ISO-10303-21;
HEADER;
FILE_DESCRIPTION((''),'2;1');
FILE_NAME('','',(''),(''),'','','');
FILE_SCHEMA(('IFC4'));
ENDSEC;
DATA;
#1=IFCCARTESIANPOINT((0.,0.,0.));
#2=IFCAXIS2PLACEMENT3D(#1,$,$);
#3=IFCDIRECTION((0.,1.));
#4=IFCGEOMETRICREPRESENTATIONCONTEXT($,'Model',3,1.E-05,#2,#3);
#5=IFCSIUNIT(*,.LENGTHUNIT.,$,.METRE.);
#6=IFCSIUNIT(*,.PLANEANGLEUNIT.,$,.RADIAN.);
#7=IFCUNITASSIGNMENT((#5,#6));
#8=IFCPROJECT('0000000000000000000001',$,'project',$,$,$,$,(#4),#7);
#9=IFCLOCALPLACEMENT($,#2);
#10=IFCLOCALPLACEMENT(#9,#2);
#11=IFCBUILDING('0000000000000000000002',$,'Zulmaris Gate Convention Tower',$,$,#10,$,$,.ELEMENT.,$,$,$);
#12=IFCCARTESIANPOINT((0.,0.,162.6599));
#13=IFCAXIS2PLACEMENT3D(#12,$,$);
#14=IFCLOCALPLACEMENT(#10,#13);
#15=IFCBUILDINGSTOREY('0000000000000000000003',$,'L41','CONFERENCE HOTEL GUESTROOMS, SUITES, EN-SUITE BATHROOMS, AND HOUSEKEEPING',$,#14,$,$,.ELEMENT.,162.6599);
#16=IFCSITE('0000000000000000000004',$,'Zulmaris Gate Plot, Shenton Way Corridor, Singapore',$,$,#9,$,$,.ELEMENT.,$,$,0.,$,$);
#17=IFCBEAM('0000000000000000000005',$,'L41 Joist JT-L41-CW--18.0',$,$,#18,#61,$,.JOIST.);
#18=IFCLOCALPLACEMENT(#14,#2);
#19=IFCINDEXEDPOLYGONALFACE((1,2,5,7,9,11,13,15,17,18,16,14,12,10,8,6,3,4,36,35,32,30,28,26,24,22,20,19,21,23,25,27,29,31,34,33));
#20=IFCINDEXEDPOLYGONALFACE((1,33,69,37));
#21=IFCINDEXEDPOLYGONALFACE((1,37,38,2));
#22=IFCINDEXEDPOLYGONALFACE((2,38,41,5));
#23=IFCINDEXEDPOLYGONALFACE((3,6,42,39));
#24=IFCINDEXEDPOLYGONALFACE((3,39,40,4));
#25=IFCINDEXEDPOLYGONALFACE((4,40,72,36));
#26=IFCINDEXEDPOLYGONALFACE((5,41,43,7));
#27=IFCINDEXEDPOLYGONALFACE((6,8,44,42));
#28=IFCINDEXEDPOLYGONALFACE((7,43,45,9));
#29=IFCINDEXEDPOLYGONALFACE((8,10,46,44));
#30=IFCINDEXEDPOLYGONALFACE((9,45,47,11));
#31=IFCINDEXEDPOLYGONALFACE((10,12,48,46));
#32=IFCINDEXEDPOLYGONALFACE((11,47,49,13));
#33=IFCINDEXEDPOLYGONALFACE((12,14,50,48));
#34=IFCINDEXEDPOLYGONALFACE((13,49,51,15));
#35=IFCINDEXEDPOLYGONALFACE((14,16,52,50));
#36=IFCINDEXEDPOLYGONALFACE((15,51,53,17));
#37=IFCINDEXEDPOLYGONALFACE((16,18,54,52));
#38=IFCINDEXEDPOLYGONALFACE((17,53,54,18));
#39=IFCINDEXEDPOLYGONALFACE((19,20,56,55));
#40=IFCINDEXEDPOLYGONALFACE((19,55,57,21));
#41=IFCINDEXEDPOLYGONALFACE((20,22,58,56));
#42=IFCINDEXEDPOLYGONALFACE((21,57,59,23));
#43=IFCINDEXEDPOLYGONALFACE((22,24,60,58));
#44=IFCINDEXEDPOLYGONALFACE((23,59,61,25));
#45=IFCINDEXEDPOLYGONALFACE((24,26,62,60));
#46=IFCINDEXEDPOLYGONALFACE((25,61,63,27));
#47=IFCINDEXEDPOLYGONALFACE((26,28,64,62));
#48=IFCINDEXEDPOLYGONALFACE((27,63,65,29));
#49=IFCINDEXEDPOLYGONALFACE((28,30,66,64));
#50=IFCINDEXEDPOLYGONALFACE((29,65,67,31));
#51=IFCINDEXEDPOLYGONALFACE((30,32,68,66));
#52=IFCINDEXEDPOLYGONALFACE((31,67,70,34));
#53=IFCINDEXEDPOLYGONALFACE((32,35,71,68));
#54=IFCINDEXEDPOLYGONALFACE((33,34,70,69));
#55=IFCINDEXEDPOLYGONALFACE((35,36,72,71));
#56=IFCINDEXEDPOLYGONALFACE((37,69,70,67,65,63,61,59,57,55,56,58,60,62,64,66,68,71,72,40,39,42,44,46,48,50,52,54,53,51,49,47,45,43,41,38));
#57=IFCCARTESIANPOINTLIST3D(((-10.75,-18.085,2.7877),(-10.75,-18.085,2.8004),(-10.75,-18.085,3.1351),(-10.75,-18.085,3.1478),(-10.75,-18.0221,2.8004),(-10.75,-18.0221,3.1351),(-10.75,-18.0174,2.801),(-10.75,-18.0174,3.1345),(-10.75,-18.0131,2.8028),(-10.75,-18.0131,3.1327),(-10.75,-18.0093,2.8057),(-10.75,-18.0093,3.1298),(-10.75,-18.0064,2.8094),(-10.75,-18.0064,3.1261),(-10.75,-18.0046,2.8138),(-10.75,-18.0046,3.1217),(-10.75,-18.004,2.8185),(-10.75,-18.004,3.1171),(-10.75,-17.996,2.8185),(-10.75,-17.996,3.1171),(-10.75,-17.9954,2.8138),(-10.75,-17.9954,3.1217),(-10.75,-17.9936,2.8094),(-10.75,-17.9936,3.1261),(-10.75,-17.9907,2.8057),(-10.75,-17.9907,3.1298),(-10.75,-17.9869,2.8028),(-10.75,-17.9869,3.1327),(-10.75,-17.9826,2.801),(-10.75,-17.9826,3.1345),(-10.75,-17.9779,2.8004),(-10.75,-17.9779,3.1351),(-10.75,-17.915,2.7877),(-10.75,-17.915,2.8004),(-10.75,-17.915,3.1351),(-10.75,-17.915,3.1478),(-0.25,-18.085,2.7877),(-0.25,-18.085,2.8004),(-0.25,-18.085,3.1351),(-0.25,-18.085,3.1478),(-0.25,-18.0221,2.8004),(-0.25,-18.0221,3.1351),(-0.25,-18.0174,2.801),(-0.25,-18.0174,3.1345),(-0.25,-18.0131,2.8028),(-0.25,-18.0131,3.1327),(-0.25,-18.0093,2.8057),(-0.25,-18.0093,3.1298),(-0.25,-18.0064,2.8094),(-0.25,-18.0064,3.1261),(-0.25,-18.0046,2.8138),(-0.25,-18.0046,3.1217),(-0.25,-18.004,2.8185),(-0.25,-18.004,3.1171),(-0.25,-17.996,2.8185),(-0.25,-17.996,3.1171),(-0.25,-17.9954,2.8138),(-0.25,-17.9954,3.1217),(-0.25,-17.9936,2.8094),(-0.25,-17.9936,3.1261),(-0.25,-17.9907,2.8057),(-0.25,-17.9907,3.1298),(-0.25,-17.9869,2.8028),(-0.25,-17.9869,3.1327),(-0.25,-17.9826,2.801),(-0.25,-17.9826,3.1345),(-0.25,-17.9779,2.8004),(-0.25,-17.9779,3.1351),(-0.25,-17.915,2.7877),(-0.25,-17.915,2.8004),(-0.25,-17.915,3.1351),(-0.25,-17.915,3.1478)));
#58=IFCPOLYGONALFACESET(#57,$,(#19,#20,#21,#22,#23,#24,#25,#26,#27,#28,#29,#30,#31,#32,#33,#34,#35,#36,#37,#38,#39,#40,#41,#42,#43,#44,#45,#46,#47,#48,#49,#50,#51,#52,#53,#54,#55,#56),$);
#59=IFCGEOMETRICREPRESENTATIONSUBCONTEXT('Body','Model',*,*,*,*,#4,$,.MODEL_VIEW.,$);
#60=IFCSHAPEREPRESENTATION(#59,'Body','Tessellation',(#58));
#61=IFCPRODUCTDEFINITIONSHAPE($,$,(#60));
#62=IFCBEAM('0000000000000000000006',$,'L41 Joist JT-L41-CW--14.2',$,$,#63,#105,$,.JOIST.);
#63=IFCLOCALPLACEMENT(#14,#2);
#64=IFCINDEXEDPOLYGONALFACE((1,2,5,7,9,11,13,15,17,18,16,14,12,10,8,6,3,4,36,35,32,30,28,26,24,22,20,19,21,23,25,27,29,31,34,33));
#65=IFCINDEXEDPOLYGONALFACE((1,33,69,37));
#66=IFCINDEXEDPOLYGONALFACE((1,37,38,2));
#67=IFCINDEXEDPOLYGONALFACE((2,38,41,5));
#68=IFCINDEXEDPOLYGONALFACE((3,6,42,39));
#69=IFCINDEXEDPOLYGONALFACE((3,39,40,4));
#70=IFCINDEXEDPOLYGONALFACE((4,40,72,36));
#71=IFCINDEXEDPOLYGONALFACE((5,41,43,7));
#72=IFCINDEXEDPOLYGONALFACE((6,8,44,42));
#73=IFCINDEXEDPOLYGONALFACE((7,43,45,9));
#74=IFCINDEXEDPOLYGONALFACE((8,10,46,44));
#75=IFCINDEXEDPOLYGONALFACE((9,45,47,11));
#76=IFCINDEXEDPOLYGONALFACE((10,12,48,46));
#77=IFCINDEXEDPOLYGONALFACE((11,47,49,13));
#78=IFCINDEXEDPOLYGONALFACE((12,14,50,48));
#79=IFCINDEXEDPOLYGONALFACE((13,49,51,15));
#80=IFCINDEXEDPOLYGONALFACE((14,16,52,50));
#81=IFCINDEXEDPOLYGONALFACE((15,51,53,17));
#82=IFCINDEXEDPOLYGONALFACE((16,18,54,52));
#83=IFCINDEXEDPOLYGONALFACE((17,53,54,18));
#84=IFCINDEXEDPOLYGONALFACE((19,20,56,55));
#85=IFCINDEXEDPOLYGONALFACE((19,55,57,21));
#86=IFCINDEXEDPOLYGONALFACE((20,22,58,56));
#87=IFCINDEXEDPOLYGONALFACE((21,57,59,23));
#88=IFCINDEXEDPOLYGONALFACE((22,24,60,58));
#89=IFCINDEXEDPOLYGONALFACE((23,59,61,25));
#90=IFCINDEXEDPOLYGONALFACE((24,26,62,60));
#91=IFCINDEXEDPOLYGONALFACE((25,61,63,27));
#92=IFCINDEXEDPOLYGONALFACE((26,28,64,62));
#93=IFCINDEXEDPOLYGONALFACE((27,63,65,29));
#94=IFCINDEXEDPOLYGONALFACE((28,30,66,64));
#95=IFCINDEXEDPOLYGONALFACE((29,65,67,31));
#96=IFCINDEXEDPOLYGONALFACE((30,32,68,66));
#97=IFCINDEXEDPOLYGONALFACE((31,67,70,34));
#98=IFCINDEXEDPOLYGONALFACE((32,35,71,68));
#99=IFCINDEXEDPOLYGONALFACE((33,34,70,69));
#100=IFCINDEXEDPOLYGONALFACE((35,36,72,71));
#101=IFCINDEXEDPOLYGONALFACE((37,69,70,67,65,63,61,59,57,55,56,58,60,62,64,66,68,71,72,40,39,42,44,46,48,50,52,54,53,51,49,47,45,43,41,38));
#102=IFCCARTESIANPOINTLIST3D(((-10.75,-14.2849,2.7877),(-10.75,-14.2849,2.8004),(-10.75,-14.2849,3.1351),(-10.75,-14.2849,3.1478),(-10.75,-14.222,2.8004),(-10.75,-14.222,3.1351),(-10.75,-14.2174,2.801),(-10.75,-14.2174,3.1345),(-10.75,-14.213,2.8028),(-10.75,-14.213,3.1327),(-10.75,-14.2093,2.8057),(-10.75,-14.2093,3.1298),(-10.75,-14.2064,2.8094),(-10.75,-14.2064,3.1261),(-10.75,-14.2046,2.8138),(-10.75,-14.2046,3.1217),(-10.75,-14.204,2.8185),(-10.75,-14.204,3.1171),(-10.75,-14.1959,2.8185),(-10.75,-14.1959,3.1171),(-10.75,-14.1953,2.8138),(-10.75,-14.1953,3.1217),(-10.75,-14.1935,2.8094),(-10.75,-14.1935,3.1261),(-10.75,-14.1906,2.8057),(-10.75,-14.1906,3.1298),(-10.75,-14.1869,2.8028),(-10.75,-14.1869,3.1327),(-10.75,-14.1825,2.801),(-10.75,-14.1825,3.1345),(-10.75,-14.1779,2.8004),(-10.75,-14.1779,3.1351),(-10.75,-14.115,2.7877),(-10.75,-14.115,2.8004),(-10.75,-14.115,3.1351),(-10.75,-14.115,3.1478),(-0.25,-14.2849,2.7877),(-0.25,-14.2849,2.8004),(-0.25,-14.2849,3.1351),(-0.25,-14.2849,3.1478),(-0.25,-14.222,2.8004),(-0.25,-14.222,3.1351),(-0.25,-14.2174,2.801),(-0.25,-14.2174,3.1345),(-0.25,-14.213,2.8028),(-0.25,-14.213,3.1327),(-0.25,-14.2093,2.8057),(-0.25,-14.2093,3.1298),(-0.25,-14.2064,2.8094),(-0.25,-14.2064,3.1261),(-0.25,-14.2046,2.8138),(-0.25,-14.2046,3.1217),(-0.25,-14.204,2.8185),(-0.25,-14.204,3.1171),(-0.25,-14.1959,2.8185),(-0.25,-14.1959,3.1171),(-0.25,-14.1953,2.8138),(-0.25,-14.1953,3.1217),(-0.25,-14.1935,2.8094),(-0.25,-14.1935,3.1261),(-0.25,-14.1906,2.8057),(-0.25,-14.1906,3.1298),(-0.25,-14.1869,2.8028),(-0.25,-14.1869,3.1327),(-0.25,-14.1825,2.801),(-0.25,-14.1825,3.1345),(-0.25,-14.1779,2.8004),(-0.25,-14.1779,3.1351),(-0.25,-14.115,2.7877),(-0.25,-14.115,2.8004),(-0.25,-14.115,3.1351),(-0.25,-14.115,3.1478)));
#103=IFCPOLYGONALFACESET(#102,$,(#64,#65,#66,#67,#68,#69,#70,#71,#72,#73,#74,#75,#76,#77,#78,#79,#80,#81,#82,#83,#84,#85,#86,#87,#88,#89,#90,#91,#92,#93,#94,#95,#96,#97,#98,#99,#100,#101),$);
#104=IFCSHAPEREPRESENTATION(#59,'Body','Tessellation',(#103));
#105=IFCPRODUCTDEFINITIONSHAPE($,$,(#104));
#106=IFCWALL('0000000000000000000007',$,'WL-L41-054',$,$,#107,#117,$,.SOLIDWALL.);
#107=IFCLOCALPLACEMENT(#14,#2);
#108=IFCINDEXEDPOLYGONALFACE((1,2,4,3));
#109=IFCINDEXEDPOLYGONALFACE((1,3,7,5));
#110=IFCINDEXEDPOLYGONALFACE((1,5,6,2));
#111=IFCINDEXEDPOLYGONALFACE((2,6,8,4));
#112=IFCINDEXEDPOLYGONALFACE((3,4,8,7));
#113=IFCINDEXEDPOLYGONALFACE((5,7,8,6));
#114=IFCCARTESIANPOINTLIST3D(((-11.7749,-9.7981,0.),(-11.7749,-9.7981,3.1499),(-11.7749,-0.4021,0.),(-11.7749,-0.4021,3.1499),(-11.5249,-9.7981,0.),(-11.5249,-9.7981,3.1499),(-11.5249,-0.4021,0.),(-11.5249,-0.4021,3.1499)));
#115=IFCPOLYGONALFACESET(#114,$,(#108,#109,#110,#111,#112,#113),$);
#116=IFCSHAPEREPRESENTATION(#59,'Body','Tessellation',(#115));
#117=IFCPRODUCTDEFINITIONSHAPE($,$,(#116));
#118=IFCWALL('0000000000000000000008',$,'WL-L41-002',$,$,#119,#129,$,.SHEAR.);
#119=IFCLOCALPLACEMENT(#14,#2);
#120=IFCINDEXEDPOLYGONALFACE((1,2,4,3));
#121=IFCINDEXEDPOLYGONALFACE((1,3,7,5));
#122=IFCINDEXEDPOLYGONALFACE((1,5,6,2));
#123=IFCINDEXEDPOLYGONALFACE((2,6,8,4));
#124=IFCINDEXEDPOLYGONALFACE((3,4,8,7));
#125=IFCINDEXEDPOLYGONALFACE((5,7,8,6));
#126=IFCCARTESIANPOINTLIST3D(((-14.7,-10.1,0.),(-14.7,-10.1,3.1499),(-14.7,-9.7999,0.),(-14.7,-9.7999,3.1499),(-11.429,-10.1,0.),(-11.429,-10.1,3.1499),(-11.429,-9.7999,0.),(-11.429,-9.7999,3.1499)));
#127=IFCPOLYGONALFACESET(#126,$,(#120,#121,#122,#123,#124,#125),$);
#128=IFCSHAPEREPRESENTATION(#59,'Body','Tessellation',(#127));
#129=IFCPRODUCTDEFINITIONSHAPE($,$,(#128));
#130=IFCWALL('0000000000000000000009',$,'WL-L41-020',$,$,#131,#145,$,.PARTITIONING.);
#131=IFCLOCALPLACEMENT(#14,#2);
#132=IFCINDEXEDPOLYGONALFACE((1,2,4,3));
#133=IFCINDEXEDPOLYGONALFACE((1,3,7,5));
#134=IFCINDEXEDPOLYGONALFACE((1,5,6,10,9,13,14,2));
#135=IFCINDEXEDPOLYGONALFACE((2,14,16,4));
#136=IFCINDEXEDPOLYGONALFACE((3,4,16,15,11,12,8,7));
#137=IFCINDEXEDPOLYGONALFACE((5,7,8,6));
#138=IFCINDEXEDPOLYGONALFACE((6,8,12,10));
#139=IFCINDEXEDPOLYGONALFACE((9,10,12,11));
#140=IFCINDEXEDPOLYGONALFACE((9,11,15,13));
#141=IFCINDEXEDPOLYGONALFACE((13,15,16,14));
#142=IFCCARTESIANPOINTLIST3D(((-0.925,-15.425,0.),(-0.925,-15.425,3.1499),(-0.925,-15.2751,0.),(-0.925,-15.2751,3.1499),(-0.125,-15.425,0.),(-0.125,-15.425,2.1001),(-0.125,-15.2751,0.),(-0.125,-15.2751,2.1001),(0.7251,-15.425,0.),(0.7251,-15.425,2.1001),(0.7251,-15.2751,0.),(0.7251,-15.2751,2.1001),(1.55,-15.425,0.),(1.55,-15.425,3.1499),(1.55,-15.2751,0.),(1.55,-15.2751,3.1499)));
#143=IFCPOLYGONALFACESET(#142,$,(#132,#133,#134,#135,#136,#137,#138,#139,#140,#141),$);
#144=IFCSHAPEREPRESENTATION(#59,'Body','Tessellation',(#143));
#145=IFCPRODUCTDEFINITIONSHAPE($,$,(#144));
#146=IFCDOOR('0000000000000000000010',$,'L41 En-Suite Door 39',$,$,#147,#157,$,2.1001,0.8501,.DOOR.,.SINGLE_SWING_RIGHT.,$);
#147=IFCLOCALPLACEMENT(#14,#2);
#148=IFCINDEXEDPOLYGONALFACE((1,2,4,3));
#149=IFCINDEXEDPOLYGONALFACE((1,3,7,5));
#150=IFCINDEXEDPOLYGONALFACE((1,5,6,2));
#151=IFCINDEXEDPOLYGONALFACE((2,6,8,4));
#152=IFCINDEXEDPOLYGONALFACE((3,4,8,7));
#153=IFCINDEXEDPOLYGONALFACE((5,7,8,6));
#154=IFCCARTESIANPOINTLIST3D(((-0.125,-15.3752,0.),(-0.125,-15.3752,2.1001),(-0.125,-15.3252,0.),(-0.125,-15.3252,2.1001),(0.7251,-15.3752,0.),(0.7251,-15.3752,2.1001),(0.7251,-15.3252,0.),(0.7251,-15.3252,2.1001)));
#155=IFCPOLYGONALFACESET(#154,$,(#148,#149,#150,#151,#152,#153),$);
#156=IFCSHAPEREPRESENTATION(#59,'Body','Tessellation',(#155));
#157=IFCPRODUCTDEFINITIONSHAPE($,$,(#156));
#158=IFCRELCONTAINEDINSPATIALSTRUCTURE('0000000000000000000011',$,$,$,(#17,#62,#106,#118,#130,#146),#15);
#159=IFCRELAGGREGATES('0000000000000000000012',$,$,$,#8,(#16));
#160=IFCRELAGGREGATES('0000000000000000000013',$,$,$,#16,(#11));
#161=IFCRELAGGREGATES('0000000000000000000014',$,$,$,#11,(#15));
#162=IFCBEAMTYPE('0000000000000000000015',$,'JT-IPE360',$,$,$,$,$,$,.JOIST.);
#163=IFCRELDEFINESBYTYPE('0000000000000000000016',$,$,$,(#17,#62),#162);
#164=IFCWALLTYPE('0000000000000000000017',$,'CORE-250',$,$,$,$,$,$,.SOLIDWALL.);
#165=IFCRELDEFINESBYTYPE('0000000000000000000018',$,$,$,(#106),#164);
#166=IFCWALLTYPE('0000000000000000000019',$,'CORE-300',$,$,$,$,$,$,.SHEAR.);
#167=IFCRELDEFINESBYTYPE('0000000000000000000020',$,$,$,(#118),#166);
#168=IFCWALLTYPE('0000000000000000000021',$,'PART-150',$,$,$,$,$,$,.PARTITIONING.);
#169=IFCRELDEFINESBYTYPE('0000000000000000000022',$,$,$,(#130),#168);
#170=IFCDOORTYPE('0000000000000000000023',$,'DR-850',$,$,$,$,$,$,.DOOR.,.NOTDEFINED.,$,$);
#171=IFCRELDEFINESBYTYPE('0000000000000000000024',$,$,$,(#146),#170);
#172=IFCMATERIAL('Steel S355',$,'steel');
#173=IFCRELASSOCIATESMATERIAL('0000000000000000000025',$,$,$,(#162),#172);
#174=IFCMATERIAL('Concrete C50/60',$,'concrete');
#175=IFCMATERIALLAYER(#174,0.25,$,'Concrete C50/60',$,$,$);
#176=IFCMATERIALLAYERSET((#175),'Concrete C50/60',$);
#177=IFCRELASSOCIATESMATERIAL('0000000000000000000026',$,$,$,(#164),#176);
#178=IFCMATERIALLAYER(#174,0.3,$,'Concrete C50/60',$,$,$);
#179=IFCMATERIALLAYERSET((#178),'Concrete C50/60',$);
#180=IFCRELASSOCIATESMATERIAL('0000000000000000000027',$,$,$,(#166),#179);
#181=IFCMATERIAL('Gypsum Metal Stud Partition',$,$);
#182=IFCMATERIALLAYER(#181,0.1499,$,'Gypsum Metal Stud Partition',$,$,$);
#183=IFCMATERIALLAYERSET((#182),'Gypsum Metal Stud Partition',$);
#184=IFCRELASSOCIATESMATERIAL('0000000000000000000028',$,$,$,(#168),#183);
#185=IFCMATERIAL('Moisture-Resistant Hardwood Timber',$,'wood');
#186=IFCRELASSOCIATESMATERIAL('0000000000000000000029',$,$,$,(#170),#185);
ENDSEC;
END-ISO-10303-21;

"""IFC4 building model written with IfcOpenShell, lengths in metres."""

from ifc_helpers import new_model, si_unit, direction, frame, frame_2d, origin, origin_2d, place, context, subcontext, project, spatial, rectangle, i_section, extrude, material, layer, layer_set, material_profile, profile_set, type_object, element, fill, save


model = new_model("IFC4")

# Units and contexts
model_context = context("Model", 3, precision=1e-05, world=origin(), true_north=direction((0.0, 1.0)))
body_context = subcontext(model_context, "Body", "Model", "MODEL_VIEW")
ifc_project = project(units=[si_unit("LENGTHUNIT", "METRE"), si_unit("PLANEANGLEUNIT", "RADIAN")], contexts=[model_context])

# Site, building, storey
site_placement = place(None, origin())
site = spatial("IfcSite", under=ifc_project, at=site_placement, Name="Zulmaris Gate Plot, Shenton Way Corridor, Singapore", CompositionType="ELEMENT", RefElevation=0.0)
building_placement = place(site_placement, origin())
building = spatial("IfcBuilding", under=site, at=building_placement, Name="Zulmaris Gate Convention Tower", CompositionType="ELEMENT")
storey_placement = place(building_placement, frame((0.0, 0.0, 162.6599)))
storey = spatial("IfcBuildingStorey", under=building, at=storey_placement, Name="L41", Description="CONFERENCE HOTEL GUESTROOMS, SUITES, EN-SUITE BATHROOMS, AND HOUSEKEEPING", CompositionType="ELEMENT", Elevation=162.6599)

# Beams
ifc_material_1 = material(Name="Steel S355", Category="steel")
ifc_material_2 = material(Name="Concrete C50/60", Category="concrete")
ifc_material_profile_1 = material_profile(ifc_material_1, i_section(OverallWidth=0.1699, OverallDepth=0.3601, WebThickness=0.0081, FlangeThickness=0.0127, FilletRadius=0.0181, at=origin_2d()), Name="IPE 360")
ifc_profile_set_1 = profile_set([ifc_material_profile_1], Name="Steel S355")
beam_type_1 = type_object("IfcBeamType", Name="JT-IPE360", PredefinedType="JOIST", material=ifc_profile_set_1)
for number, where, z_axis, x_axis, name in (
    (1, (-10.75, -18.0, 2.9678), (1.0, 0.0, 0.0), (0.0, 1.0, 0.0), "L41 Joist JT-L41-CW--18.0"),
    (2, (-10.75, -14.2, 2.9678), (1.0, 0.0, 0.0), (0.0, 1.0, 0.0), "L41 Joist JT-L41-CW--14.2"),
):
    element("IfcBeam", number, at=place(storey_placement, frame(where, z_axis=z_axis, x_axis=x_axis)), inside=storey, type_object=beam_type_1, Name=name, PredefinedType="JOIST", context=body_context, shape_type="SweptSolid", body=[
        extrude(i_section(OverallWidth=0.1699, OverallDepth=0.3601, WebThickness=0.0081, FlangeThickness=0.0127, FilletRadius=0.0181, at=origin_2d()), origin(), (0.0, 0.0, 1.0), 10.5),
    ])

# Walls
ifc_layer_1 = layer(ifc_material_2, 0.25, Name="Concrete C50/60")
ifc_layer_set_1 = layer_set([ifc_layer_1], Name="Concrete C50/60")
wall_type_1 = type_object("IfcWallType", Name="CORE-250", PredefinedType="SOLIDWALL", material=ifc_layer_set_1)
wall_1_placement = place(storey_placement, frame((-11.6499, -9.7981, 0.0), z_axis=(0.0, 0.0, 1.0), x_axis=(0.0, 1.0, 0.0)))
element("IfcWall", 3, at=wall_1_placement, inside=storey, type_object=wall_type_1, Name="WL-L41-054", PredefinedType="SOLIDWALL", context=body_context, shape_type="SweptSolid", body=[
    extrude(rectangle(XDim=9.396, YDim=0.25, at=frame_2d((4.698, 0.0))), origin(), (0.0, 0.0, 1.0), 3.1499),
])
ifc_layer_2 = layer(ifc_material_2, 0.3, Name="Concrete C50/60")
ifc_layer_set_2 = layer_set([ifc_layer_2], Name="Concrete C50/60")
wall_type_2 = type_object("IfcWallType", Name="CORE-300", PredefinedType="SHEAR", material=ifc_layer_set_2)
wall_2_placement = place(storey_placement, frame((-14.7, -9.95, 0.0), z_axis=(0.0, 0.0, 1.0), x_axis=(1.0, 0.0, 0.0)))
element("IfcWall", 4, at=wall_2_placement, inside=storey, type_object=wall_type_2, Name="WL-L41-002", PredefinedType="SHEAR", context=body_context, shape_type="SweptSolid", body=[
    extrude(rectangle(XDim=3.271, YDim=0.3, at=frame_2d((1.6355, 0.0))), origin(), (0.0, 0.0, 1.0), 3.1499),
])

# Wall, opening, door
ifc_material_3 = material(Name="Gypsum Metal Stud Partition")
ifc_layer_3 = layer(ifc_material_3, 0.1499, Name="Gypsum Metal Stud Partition")
ifc_layer_set_3 = layer_set([ifc_layer_3], Name="Gypsum Metal Stud Partition")
wall_type_3 = type_object("IfcWallType", Name="PART-150", PredefinedType="PARTITIONING", material=ifc_layer_set_3)
wall_3_placement = place(storey_placement, frame((-0.925, -15.3501, 0.0), z_axis=(0.0, 0.0, 1.0), x_axis=(1.0, 0.0, 0.0)))
wall_3 = element("IfcWall", 5, at=wall_3_placement, inside=storey, type_object=wall_type_3, Name="WL-L41-020", PredefinedType="PARTITIONING", context=body_context, shape_type="SweptSolid", body=[
    extrude(rectangle(XDim=2.4751, YDim=0.1499, at=frame_2d((1.2375, 0.0))), origin(), (0.0, 0.0, 1.0), 3.1499),
])
opening_1_placement = place(wall_3_placement, frame((0.8, 0.0, 0.0)))
opening_1 = element("IfcOpeningElement", 6, at=opening_1_placement, cuts=wall_3, PredefinedType="OPENING", context=body_context, shape_type="SweptSolid", body=[
    extrude(rectangle(XDim=0.8501, YDim=2.1001, at=frame_2d((0.425, 1.05))), frame((0.0, 0.085, 0.0), z_axis=(0.0, -1.0, 0.0), x_axis=(1.0, 0.0, 0.0)), (0.0, 0.0, 1.0), 0.1699),
])
ifc_material_4 = material(Name="Moisture-Resistant Hardwood Timber", Category="wood")
door_type_1 = type_object("IfcDoorType", Name="DR-850", OperationType="NOTDEFINED", PredefinedType="DOOR", material=ifc_material_4)
door_1_placement = place(opening_1_placement, origin())
door_1 = element("IfcDoor", 7, at=door_1_placement, inside=storey, type_object=door_type_1, Name="L41 En-Suite Door 39", OperationType="SINGLE_SWING_RIGHT", OverallHeight=2.1001, OverallWidth=0.8501, PredefinedType="DOOR", context=body_context, shape_type="SweptSolid", body=[
    extrude(rectangle(XDim=0.8501, YDim=2.1001, at=frame_2d((0.425, 1.05))), frame((0.0, 0.0249, 0.0), z_axis=(0.0, -1.0, 0.0), x_axis=(1.0, 0.0, 0.0)), (0.0, 0.0, 1.0), 0.05),
])
fill(opening_1, door_1)

save(model, "model.ifc")
